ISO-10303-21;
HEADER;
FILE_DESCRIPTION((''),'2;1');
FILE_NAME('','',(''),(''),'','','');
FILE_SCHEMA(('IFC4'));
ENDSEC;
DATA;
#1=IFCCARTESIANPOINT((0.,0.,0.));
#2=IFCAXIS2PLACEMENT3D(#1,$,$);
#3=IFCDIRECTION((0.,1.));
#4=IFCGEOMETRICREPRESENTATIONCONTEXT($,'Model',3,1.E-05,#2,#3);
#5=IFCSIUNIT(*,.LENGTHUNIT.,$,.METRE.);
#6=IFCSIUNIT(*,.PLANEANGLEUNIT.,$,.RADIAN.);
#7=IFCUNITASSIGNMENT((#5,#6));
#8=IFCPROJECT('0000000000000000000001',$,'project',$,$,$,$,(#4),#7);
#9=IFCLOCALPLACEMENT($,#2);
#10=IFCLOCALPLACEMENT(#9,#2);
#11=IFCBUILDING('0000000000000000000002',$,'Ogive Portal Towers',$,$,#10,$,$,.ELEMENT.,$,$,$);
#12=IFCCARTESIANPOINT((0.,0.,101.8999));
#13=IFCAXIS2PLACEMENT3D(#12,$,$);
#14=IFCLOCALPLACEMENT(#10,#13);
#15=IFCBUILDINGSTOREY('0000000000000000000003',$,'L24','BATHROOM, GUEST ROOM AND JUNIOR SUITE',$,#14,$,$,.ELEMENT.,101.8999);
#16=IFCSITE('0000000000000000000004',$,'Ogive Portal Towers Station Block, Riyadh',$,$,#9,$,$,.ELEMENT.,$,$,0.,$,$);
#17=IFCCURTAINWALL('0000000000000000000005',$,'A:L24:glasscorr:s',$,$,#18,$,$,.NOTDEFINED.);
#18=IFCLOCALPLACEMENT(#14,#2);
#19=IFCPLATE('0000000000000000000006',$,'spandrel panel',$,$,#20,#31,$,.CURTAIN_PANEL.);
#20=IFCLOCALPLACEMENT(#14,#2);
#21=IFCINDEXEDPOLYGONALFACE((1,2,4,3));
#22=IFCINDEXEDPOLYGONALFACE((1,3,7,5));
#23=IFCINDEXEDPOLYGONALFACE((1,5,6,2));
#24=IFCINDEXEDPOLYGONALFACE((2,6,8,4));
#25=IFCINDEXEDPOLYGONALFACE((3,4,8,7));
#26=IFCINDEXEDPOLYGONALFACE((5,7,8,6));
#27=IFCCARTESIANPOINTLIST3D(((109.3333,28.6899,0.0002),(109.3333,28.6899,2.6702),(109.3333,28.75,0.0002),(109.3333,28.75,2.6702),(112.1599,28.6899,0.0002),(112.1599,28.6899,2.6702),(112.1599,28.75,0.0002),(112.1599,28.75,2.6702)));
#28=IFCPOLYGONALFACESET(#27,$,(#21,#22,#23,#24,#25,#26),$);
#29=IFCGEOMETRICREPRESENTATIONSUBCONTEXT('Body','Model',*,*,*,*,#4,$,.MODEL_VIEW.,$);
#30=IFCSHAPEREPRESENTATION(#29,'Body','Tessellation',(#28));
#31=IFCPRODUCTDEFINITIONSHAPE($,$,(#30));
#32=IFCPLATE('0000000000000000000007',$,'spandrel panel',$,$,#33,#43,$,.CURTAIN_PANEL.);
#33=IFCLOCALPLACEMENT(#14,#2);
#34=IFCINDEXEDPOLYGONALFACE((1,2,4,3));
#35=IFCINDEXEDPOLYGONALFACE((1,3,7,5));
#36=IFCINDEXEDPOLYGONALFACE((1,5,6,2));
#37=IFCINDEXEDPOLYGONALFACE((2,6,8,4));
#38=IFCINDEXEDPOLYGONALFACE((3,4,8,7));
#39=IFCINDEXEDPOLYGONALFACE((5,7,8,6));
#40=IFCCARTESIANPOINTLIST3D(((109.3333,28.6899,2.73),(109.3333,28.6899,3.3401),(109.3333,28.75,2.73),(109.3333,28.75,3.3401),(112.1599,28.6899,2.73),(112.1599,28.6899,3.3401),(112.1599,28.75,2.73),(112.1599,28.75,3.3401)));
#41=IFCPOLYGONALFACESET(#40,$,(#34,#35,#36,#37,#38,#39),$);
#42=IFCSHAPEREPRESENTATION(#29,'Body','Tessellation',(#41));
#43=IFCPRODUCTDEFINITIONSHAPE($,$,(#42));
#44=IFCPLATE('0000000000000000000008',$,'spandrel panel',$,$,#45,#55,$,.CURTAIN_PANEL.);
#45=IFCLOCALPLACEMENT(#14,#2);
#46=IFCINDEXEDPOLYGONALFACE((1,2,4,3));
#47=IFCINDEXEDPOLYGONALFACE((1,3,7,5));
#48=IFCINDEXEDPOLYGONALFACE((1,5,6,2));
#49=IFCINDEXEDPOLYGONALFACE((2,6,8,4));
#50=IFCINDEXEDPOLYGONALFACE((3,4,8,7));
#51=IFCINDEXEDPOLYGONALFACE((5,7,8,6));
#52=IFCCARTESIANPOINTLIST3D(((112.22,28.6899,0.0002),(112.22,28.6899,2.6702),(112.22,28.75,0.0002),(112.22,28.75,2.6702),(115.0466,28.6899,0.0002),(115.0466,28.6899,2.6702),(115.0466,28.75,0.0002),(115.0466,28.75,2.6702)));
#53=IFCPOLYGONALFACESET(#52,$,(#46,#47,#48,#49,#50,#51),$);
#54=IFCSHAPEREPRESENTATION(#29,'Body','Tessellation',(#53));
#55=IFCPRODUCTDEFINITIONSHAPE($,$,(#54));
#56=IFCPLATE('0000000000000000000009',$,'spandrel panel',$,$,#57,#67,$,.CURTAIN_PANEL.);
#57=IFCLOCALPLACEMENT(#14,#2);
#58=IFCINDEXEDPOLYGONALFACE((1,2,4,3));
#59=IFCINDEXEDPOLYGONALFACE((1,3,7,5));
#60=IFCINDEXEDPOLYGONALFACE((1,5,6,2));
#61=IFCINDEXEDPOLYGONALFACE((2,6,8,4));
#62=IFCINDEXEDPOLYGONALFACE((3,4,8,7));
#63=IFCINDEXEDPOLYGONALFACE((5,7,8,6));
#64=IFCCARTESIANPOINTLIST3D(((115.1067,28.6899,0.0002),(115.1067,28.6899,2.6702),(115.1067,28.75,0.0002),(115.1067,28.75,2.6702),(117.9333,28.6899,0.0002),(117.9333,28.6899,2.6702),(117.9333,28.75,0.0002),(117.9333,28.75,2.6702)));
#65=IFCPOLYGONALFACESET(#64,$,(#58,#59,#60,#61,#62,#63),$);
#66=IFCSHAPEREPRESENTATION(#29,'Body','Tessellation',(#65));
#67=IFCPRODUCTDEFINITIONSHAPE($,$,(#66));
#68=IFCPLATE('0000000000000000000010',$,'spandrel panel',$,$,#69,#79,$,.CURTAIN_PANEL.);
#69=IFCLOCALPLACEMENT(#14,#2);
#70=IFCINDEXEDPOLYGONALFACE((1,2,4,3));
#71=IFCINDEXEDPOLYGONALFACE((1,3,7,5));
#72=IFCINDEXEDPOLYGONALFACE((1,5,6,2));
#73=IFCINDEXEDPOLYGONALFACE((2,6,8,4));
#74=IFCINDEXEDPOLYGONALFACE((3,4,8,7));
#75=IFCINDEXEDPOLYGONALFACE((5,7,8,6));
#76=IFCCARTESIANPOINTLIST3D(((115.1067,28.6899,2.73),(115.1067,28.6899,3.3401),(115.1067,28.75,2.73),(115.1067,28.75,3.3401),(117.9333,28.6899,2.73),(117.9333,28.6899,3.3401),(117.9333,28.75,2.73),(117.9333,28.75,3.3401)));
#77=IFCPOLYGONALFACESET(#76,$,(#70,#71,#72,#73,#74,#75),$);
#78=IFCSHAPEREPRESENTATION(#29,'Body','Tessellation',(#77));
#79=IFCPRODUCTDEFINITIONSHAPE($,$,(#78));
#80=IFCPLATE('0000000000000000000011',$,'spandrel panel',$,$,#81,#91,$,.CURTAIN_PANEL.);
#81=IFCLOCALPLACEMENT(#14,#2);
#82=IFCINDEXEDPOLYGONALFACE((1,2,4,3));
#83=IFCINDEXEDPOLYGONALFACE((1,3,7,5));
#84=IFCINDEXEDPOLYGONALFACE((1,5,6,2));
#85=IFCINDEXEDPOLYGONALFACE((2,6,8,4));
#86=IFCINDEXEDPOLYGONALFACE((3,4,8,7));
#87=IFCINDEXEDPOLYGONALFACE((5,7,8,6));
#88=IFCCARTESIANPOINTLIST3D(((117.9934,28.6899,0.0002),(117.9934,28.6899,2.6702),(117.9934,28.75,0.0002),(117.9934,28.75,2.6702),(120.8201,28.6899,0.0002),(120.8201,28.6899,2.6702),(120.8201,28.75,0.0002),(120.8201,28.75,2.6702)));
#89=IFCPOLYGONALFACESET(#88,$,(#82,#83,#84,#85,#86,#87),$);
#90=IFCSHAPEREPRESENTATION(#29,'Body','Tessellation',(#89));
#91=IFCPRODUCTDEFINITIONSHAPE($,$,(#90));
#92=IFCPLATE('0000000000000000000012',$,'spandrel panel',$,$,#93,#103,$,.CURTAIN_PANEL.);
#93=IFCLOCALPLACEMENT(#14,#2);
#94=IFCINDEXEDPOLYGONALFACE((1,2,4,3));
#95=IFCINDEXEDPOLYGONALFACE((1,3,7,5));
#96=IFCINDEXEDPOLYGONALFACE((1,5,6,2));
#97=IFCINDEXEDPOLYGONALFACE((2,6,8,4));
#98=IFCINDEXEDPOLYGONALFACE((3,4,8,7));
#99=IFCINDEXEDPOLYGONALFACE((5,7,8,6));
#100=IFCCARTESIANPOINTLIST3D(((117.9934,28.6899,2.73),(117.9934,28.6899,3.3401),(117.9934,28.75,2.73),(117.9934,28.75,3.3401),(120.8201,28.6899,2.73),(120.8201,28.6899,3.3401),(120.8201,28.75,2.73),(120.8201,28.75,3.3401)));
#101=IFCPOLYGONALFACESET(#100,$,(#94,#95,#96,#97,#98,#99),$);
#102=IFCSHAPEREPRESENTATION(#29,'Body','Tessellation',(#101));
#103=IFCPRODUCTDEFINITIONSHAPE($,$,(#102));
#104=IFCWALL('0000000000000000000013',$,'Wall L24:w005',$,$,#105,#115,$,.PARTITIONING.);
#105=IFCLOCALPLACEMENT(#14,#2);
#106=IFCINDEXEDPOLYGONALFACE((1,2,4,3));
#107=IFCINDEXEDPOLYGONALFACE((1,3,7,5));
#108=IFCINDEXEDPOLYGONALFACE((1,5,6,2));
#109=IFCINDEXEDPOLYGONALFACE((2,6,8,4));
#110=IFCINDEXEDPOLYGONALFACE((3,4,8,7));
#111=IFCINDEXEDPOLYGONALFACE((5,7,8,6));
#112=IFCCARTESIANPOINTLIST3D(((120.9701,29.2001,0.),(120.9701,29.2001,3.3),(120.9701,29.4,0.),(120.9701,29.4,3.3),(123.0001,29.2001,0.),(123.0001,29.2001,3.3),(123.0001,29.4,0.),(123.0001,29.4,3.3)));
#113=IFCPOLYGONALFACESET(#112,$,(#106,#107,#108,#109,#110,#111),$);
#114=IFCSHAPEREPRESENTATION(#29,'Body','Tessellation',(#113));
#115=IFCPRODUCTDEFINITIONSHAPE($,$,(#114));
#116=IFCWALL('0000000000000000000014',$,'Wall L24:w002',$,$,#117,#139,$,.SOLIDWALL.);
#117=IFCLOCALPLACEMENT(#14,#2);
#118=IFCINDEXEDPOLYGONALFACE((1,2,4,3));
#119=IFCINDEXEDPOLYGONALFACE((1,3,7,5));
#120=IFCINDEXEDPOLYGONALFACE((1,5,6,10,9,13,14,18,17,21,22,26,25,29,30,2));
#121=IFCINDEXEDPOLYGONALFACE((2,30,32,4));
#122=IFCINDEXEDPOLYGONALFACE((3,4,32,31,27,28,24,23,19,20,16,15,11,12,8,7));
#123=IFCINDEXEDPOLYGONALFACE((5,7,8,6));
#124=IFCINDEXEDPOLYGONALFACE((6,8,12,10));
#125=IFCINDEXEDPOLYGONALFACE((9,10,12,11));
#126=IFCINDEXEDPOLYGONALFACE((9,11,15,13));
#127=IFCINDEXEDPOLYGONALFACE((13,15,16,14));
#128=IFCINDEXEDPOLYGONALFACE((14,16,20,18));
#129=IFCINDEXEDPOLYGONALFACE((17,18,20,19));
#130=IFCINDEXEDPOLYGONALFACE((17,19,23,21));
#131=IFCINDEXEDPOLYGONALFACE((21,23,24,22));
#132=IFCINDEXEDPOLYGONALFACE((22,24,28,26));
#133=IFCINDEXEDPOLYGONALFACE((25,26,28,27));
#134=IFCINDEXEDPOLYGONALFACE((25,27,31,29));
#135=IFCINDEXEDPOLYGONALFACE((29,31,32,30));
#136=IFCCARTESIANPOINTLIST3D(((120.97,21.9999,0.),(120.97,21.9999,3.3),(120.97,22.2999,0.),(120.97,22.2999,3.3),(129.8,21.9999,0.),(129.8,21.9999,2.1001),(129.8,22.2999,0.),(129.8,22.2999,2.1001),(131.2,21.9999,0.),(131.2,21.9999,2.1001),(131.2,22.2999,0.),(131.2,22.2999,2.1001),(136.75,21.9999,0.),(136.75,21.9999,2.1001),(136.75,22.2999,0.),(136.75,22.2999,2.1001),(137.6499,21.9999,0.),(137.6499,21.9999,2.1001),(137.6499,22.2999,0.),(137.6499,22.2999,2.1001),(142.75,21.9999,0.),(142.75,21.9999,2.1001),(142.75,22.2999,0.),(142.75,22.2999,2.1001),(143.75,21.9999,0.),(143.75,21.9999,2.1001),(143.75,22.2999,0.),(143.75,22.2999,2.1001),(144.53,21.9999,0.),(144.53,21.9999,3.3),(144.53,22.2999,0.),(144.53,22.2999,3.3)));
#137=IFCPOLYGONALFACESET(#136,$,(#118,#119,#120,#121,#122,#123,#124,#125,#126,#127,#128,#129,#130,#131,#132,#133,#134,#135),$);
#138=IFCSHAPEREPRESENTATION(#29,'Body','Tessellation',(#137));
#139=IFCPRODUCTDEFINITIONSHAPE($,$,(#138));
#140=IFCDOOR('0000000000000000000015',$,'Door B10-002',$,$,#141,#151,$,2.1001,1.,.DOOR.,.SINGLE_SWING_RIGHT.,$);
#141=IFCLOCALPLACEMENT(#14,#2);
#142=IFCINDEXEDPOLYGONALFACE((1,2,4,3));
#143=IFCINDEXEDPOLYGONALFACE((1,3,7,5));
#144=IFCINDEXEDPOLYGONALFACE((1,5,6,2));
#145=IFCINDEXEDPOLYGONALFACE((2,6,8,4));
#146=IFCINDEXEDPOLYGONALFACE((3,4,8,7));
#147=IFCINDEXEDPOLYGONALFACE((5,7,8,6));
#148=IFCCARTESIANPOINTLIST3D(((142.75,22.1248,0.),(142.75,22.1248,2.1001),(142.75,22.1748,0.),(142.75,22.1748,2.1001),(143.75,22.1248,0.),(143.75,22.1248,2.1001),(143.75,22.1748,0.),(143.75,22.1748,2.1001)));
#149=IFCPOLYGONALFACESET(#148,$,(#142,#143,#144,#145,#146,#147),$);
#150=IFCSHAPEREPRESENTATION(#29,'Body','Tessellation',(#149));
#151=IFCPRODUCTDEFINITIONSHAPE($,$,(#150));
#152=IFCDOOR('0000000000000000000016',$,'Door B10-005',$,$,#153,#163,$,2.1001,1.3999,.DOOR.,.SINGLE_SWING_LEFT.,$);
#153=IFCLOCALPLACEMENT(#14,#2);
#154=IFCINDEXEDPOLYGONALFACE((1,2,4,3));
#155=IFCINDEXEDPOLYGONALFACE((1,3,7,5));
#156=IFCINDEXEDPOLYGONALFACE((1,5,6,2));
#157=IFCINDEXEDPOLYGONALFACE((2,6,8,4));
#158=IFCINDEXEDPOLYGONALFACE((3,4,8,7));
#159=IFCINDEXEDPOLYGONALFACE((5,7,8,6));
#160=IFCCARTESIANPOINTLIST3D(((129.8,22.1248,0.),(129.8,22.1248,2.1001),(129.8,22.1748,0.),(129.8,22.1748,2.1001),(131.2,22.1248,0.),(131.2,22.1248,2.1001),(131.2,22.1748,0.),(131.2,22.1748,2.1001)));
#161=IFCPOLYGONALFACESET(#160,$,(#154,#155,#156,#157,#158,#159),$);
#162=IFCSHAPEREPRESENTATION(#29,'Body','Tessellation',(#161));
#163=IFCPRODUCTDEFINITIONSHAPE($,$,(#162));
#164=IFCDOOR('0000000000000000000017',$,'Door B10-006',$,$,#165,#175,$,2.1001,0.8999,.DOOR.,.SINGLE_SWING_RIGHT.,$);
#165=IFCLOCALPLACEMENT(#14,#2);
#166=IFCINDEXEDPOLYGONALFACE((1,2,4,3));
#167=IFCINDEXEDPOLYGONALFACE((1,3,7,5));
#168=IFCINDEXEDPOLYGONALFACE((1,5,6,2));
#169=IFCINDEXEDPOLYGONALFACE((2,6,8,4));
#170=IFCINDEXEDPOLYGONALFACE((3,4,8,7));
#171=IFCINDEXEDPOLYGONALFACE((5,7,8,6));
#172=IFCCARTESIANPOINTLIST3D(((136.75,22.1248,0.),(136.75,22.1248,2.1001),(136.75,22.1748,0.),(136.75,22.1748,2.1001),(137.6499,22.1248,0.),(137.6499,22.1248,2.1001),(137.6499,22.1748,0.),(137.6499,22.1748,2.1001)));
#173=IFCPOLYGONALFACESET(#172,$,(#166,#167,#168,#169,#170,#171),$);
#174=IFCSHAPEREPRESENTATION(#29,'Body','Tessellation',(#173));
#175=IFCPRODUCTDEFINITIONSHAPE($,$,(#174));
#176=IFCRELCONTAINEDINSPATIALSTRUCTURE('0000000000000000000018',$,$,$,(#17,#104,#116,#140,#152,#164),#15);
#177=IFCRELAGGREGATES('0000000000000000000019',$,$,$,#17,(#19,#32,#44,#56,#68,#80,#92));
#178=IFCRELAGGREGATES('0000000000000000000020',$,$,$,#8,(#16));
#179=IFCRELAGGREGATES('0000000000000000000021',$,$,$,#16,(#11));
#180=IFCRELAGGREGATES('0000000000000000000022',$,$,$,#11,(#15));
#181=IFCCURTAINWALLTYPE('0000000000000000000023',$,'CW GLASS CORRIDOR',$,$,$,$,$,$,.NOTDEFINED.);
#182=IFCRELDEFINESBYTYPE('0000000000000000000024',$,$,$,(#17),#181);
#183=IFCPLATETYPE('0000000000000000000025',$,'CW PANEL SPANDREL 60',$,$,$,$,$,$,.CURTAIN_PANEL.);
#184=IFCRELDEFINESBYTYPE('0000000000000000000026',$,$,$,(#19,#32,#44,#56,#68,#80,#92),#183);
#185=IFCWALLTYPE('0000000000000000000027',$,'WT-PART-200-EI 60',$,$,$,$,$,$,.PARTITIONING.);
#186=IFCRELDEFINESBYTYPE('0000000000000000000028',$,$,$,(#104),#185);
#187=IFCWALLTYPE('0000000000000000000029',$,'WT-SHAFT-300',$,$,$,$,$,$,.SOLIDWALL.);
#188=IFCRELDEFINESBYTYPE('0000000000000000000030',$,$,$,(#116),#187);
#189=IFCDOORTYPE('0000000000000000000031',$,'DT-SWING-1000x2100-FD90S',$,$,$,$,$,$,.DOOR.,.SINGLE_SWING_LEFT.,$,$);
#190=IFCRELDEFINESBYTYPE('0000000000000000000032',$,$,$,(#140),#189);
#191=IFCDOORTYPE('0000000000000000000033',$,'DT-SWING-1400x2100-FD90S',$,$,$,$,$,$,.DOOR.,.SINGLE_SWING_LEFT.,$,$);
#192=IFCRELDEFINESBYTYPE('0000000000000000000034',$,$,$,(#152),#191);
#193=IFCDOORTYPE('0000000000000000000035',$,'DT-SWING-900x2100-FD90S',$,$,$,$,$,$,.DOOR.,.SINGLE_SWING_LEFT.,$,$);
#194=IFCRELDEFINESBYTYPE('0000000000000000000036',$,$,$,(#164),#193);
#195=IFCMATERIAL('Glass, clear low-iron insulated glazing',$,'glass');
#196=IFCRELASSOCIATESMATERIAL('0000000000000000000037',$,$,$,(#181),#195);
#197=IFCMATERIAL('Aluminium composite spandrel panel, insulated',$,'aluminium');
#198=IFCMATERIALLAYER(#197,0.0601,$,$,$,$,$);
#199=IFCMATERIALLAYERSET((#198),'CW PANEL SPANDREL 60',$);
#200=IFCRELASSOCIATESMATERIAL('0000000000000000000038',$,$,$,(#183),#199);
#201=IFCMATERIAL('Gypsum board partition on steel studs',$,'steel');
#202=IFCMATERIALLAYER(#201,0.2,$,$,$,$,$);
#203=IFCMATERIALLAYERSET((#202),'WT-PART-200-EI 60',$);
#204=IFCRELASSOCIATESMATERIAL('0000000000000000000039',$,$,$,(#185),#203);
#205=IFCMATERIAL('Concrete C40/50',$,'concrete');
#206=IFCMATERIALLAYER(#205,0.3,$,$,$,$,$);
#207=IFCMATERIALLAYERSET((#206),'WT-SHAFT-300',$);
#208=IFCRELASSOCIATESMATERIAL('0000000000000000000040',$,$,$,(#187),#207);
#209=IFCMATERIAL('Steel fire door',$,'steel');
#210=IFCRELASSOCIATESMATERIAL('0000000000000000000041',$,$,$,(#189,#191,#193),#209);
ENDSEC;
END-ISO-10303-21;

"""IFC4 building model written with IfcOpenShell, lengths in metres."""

from ifc_helpers import new_model, si_unit, direction, frame, frame_2d, origin, origin_2d, place, context, subcontext, project, spatial, rectangle, extrude, material, layer, layer_set, type_object, element, fill, aggregate, save


model = new_model("IFC4")

# Units and contexts
model_context = context("Model", 3, precision=1e-05, world=origin(), true_north=direction((0.0, 1.0)))
body_context = subcontext(model_context, "Body", "Model", "MODEL_VIEW")
ifc_project = project(units=[si_unit("LENGTHUNIT", "METRE"), si_unit("PLANEANGLEUNIT", "RADIAN")], contexts=[model_context])

# Site, building, storey
site_placement = place(None, origin())
site = spatial("IfcSite", under=ifc_project, at=site_placement, Name="Ogive Portal Towers Station Block, Riyadh", CompositionType="ELEMENT", RefElevation=0.0)
building_placement = place(site_placement, origin())
building = spatial("IfcBuilding", under=site, at=building_placement, Name="Ogive Portal Towers", CompositionType="ELEMENT")
storey_placement = place(building_placement, frame((0.0, 0.0, 101.8999)))
storey = spatial("IfcBuildingStorey", under=building, at=storey_placement, Name="L24", Description="BATHROOM, GUEST ROOM AND JUNIOR SUITE", CompositionType="ELEMENT", Elevation=101.8999)

# Curtain wall
ifc_material_1 = material(Name="Glass, clear low-iron insulated glazing", Category="glass")
curtain_wall_type_1 = type_object("IfcCurtainWallType", Name="CW GLASS CORRIDOR", PredefinedType="NOTDEFINED", material=ifc_material_1)
curtain_wall_1_placement = place(storey_placement, origin())
curtain_wall_1 = element("IfcCurtainWall", 1, at=curtain_wall_1_placement, inside=storey, type_object=curtain_wall_type_1, Name="A:L24:glasscorr:s", PredefinedType="NOTDEFINED")

# Plates
ifc_material_2 = material(Name="Aluminium composite spandrel panel, insulated", Category="aluminium")
ifc_layer_1 = layer(ifc_material_2, 0.0601)
ifc_layer_set_1 = layer_set([ifc_layer_1], Name="CW PANEL SPANDREL 60")
plate_type_1 = type_object("IfcPlateType", Name="CW PANEL SPANDREL 60", PredefinedType="CURTAIN_PANEL", material=ifc_layer_set_1)
plate_1_placement = place(storey_placement, frame((110.7466, 28.72, 0.0002), z_axis=(0.0, 0.0, 1.0), x_axis=(1.0, 0.0, 0.0)))
plate_1 = element("IfcPlate", 2, at=plate_1_placement, type_object=plate_type_1, Name="spandrel panel", PredefinedType="CURTAIN_PANEL", context=body_context, shape_type="SweptSolid", body=[
    extrude(rectangle(XDim=2.8267, YDim=0.0601, at=origin_2d()), origin(), (0.0, 0.0, 1.0), 2.6699),
])
plate_2_placement = place(storey_placement, frame((110.7466, 28.72, 2.73), z_axis=(0.0, 0.0, 1.0), x_axis=(1.0, 0.0, 0.0)))
plate_2 = element("IfcPlate", 3, at=plate_2_placement, type_object=plate_type_1, Name="spandrel panel", PredefinedType="CURTAIN_PANEL", context=body_context, shape_type="SweptSolid", body=[
    extrude(rectangle(XDim=2.8267, YDim=0.0601, at=origin_2d()), origin(), (0.0, 0.0, 1.0), 0.6101),
])
plate_3_placement = place(storey_placement, frame((113.6333, 28.72, 0.0002), z_axis=(0.0, 0.0, 1.0), x_axis=(1.0, 0.0, 0.0)))
plate_3 = element("IfcPlate", 4, at=plate_3_placement, type_object=plate_type_1, Name="spandrel panel", PredefinedType="CURTAIN_PANEL", context=body_context, shape_type="SweptSolid", body=[
    extrude(rectangle(XDim=2.8267, YDim=0.0601, at=origin_2d()), origin(), (0.0, 0.0, 1.0), 2.6699),
])
plate_4_placement = place(storey_placement, frame((116.52, 28.72, 0.0002), z_axis=(0.0, 0.0, 1.0), x_axis=(1.0, 0.0, 0.0)))
plate_4 = element("IfcPlate", 5, at=plate_4_placement, type_object=plate_type_1, Name="spandrel panel", PredefinedType="CURTAIN_PANEL", context=body_context, shape_type="SweptSolid", body=[
    extrude(rectangle(XDim=2.8267, YDim=0.0601, at=origin_2d()), origin(), (0.0, 0.0, 1.0), 2.6699),
])
plate_5_placement = place(storey_placement, frame((116.52, 28.72, 2.73), z_axis=(0.0, 0.0, 1.0), x_axis=(1.0, 0.0, 0.0)))
plate_5 = element("IfcPlate", 6, at=plate_5_placement, type_object=plate_type_1, Name="spandrel panel", PredefinedType="CURTAIN_PANEL", context=body_context, shape_type="SweptSolid", body=[
    extrude(rectangle(XDim=2.8267, YDim=0.0601, at=origin_2d()), origin(), (0.0, 0.0, 1.0), 0.6101),
])
plate_6_placement = place(storey_placement, frame((119.4067, 28.72, 0.0002), z_axis=(0.0, 0.0, 1.0), x_axis=(1.0, 0.0, 0.0)))
plate_6 = element("IfcPlate", 7, at=plate_6_placement, type_object=plate_type_1, Name="spandrel panel", PredefinedType="CURTAIN_PANEL", context=body_context, shape_type="SweptSolid", body=[
    extrude(rectangle(XDim=2.8267, YDim=0.0601, at=origin_2d()), origin(), (0.0, 0.0, 1.0), 2.6699),
])
plate_7_placement = place(storey_placement, frame((119.4067, 28.72, 2.73), z_axis=(0.0, 0.0, 1.0), x_axis=(1.0, 0.0, 0.0)))
plate_7 = element("IfcPlate", 8, at=plate_7_placement, type_object=plate_type_1, Name="spandrel panel", PredefinedType="CURTAIN_PANEL", context=body_context, shape_type="SweptSolid", body=[
    extrude(rectangle(XDim=2.8267, YDim=0.0601, at=origin_2d()), origin(), (0.0, 0.0, 1.0), 0.6101),
])
aggregate(curtain_wall_1, [plate_1, plate_2, plate_3, plate_4, plate_5, plate_6, plate_7])

# Wall
ifc_material_3 = material(Name="Gypsum board partition on steel studs", Category="steel")
ifc_layer_2 = layer(ifc_material_3, 0.2)
ifc_layer_set_2 = layer_set([ifc_layer_2], Name="WT-PART-200-EI 60")
wall_type_1 = type_object("IfcWallType", Name="WT-PART-200-EI 60", PredefinedType="PARTITIONING", material=ifc_layer_set_2)
wall_1_placement = place(storey_placement, frame((120.97, 29.3, 0.0), z_axis=(0.0, 0.0, 1.0), x_axis=(1.0, 0.0, 0.0)))
element("IfcWall", 9, at=wall_1_placement, inside=storey, type_object=wall_type_1, Name="Wall L24:w005", PredefinedType="PARTITIONING", context=body_context, shape_type="SweptSolid", body=[
    extrude(rectangle(XDim=2.03, YDim=0.2, at=frame_2d((1.0151, 0.0))), origin(), (0.0, 0.0, 1.0), 3.3),
])

# Wall, openings, doors
ifc_material_4 = material(Name="Concrete C40/50", Category="concrete")
ifc_layer_3 = layer(ifc_material_4, 0.3)
ifc_layer_set_3 = layer_set([ifc_layer_3], Name="WT-SHAFT-300")
wall_type_2 = type_object("IfcWallType", Name="WT-SHAFT-300", PredefinedType="SOLIDWALL", material=ifc_layer_set_3)
wall_2_placement = place(storey_placement, frame((120.97, 22.1499, 0.0), z_axis=(0.0, 0.0, 1.0), x_axis=(1.0, 0.0, 0.0)))
wall_2 = element("IfcWall", 10, at=wall_2_placement, inside=storey, type_object=wall_type_2, Name="Wall L24:w002", PredefinedType="SOLIDWALL", context=body_context, shape_type="SweptSolid", body=[
    extrude(rectangle(XDim=23.5601, YDim=0.3, at=frame_2d((11.78, 0.0))), origin(), (0.0, 0.0, 1.0), 3.3),
])
opening_1_placement = place(wall_2_placement, frame((21.78, 0.0, 0.0)))
opening_1 = element("IfcOpeningElement", 11, at=opening_1_placement, cuts=wall_2, PredefinedType="OPENING", context=body_context, shape_type="SweptSolid", body=[
    extrude(rectangle(XDim=1.0, YDim=2.1001, at=frame_2d((0.5, 1.05))), frame((0.0, 0.1602, 0.0), z_axis=(0.0, -1.0, 0.0), x_axis=(1.0, 0.0, 0.0)), (0.0, 0.0, 1.0), 0.3201),
])
opening_2_placement = place(wall_2_placement, frame((8.8301, 0.0, 0.0)))
opening_2 = element("IfcOpeningElement", 12, at=opening_2_placement, cuts=wall_2, PredefinedType="OPENING", context=body_context, shape_type="SweptSolid", body=[
    extrude(rectangle(XDim=1.3999, YDim=2.1001, at=frame_2d((0.7, 1.05))), frame((0.0, 0.1602, 0.0), z_axis=(0.0, -1.0, 0.0), x_axis=(1.0, 0.0, 0.0)), (0.0, 0.0, 1.0), 0.3201),
])
opening_3_placement = place(wall_2_placement, frame((15.78, 0.0, 0.0)))
opening_3 = element("IfcOpeningElement", 13, at=opening_3_placement, cuts=wall_2, PredefinedType="OPENING", context=body_context, shape_type="SweptSolid", body=[
    extrude(rectangle(XDim=0.8999, YDim=2.1001, at=frame_2d((0.45, 1.05))), frame((0.0, 0.1602, 0.0), z_axis=(0.0, -1.0, 0.0), x_axis=(1.0, 0.0, 0.0)), (0.0, 0.0, 1.0), 0.3201),
])
ifc_material_5 = material(Name="Steel fire door", Category="steel")
door_type_1 = type_object("IfcDoorType", Name="DT-SWING-1000x2100-FD90S", OperationType="SINGLE_SWING_LEFT", PredefinedType="DOOR", material=ifc_material_5)
door_1_placement = place(opening_1_placement, origin())
door_1 = element("IfcDoor", 14, at=door_1_placement, inside=storey, type_object=door_type_1, Name="Door B10-002", OperationType="SINGLE_SWING_RIGHT", OverallHeight=2.1001, OverallWidth=1.0, PredefinedType="DOOR", context=body_context, shape_type="SweptSolid", body=[
    extrude(rectangle(XDim=1.0, YDim=2.1001, at=frame_2d((0.5, 1.05))), frame((0.0, 0.0249, 0.0), z_axis=(0.0, -1.0, 0.0), x_axis=(1.0, 0.0, 0.0)), (0.0, 0.0, 1.0), 0.05),
])
fill(opening_1, door_1)
door_type_2 = type_object("IfcDoorType", Name="DT-SWING-1400x2100-FD90S", OperationType="SINGLE_SWING_LEFT", PredefinedType="DOOR", material=ifc_material_5)
door_2_placement = place(opening_2_placement, origin())
door_2 = element("IfcDoor", 15, at=door_2_placement, inside=storey, type_object=door_type_2, Name="Door B10-005", OperationType="SINGLE_SWING_LEFT", OverallHeight=2.1001, OverallWidth=1.3999, PredefinedType="DOOR", context=body_context, shape_type="SweptSolid", body=[
    extrude(rectangle(XDim=1.3999, YDim=2.1001, at=frame_2d((0.7, 1.05))), frame((0.0, 0.0249, 0.0), z_axis=(0.0, -1.0, 0.0), x_axis=(1.0, 0.0, 0.0)), (0.0, 0.0, 1.0), 0.05),
])
fill(opening_2, door_2)
door_type_3 = type_object("IfcDoorType", Name="DT-SWING-900x2100-FD90S", OperationType="SINGLE_SWING_LEFT", PredefinedType="DOOR", material=ifc_material_5)
door_3_placement = place(opening_3_placement, origin())
door_3 = element("IfcDoor", 16, at=door_3_placement, inside=storey, type_object=door_type_3, Name="Door B10-006", OperationType="SINGLE_SWING_RIGHT", OverallHeight=2.1001, OverallWidth=0.8999, PredefinedType="DOOR", context=body_context, shape_type="SweptSolid", body=[
    extrude(rectangle(XDim=0.8999, YDim=2.1001, at=frame_2d((0.45, 1.05))), frame((0.0, 0.0249, 0.0), z_axis=(0.0, -1.0, 0.0), x_axis=(1.0, 0.0, 0.0)), (0.0, 0.0, 1.0), 0.05),
])
fill(opening_3, door_3)

save(model, "model.ifc")
